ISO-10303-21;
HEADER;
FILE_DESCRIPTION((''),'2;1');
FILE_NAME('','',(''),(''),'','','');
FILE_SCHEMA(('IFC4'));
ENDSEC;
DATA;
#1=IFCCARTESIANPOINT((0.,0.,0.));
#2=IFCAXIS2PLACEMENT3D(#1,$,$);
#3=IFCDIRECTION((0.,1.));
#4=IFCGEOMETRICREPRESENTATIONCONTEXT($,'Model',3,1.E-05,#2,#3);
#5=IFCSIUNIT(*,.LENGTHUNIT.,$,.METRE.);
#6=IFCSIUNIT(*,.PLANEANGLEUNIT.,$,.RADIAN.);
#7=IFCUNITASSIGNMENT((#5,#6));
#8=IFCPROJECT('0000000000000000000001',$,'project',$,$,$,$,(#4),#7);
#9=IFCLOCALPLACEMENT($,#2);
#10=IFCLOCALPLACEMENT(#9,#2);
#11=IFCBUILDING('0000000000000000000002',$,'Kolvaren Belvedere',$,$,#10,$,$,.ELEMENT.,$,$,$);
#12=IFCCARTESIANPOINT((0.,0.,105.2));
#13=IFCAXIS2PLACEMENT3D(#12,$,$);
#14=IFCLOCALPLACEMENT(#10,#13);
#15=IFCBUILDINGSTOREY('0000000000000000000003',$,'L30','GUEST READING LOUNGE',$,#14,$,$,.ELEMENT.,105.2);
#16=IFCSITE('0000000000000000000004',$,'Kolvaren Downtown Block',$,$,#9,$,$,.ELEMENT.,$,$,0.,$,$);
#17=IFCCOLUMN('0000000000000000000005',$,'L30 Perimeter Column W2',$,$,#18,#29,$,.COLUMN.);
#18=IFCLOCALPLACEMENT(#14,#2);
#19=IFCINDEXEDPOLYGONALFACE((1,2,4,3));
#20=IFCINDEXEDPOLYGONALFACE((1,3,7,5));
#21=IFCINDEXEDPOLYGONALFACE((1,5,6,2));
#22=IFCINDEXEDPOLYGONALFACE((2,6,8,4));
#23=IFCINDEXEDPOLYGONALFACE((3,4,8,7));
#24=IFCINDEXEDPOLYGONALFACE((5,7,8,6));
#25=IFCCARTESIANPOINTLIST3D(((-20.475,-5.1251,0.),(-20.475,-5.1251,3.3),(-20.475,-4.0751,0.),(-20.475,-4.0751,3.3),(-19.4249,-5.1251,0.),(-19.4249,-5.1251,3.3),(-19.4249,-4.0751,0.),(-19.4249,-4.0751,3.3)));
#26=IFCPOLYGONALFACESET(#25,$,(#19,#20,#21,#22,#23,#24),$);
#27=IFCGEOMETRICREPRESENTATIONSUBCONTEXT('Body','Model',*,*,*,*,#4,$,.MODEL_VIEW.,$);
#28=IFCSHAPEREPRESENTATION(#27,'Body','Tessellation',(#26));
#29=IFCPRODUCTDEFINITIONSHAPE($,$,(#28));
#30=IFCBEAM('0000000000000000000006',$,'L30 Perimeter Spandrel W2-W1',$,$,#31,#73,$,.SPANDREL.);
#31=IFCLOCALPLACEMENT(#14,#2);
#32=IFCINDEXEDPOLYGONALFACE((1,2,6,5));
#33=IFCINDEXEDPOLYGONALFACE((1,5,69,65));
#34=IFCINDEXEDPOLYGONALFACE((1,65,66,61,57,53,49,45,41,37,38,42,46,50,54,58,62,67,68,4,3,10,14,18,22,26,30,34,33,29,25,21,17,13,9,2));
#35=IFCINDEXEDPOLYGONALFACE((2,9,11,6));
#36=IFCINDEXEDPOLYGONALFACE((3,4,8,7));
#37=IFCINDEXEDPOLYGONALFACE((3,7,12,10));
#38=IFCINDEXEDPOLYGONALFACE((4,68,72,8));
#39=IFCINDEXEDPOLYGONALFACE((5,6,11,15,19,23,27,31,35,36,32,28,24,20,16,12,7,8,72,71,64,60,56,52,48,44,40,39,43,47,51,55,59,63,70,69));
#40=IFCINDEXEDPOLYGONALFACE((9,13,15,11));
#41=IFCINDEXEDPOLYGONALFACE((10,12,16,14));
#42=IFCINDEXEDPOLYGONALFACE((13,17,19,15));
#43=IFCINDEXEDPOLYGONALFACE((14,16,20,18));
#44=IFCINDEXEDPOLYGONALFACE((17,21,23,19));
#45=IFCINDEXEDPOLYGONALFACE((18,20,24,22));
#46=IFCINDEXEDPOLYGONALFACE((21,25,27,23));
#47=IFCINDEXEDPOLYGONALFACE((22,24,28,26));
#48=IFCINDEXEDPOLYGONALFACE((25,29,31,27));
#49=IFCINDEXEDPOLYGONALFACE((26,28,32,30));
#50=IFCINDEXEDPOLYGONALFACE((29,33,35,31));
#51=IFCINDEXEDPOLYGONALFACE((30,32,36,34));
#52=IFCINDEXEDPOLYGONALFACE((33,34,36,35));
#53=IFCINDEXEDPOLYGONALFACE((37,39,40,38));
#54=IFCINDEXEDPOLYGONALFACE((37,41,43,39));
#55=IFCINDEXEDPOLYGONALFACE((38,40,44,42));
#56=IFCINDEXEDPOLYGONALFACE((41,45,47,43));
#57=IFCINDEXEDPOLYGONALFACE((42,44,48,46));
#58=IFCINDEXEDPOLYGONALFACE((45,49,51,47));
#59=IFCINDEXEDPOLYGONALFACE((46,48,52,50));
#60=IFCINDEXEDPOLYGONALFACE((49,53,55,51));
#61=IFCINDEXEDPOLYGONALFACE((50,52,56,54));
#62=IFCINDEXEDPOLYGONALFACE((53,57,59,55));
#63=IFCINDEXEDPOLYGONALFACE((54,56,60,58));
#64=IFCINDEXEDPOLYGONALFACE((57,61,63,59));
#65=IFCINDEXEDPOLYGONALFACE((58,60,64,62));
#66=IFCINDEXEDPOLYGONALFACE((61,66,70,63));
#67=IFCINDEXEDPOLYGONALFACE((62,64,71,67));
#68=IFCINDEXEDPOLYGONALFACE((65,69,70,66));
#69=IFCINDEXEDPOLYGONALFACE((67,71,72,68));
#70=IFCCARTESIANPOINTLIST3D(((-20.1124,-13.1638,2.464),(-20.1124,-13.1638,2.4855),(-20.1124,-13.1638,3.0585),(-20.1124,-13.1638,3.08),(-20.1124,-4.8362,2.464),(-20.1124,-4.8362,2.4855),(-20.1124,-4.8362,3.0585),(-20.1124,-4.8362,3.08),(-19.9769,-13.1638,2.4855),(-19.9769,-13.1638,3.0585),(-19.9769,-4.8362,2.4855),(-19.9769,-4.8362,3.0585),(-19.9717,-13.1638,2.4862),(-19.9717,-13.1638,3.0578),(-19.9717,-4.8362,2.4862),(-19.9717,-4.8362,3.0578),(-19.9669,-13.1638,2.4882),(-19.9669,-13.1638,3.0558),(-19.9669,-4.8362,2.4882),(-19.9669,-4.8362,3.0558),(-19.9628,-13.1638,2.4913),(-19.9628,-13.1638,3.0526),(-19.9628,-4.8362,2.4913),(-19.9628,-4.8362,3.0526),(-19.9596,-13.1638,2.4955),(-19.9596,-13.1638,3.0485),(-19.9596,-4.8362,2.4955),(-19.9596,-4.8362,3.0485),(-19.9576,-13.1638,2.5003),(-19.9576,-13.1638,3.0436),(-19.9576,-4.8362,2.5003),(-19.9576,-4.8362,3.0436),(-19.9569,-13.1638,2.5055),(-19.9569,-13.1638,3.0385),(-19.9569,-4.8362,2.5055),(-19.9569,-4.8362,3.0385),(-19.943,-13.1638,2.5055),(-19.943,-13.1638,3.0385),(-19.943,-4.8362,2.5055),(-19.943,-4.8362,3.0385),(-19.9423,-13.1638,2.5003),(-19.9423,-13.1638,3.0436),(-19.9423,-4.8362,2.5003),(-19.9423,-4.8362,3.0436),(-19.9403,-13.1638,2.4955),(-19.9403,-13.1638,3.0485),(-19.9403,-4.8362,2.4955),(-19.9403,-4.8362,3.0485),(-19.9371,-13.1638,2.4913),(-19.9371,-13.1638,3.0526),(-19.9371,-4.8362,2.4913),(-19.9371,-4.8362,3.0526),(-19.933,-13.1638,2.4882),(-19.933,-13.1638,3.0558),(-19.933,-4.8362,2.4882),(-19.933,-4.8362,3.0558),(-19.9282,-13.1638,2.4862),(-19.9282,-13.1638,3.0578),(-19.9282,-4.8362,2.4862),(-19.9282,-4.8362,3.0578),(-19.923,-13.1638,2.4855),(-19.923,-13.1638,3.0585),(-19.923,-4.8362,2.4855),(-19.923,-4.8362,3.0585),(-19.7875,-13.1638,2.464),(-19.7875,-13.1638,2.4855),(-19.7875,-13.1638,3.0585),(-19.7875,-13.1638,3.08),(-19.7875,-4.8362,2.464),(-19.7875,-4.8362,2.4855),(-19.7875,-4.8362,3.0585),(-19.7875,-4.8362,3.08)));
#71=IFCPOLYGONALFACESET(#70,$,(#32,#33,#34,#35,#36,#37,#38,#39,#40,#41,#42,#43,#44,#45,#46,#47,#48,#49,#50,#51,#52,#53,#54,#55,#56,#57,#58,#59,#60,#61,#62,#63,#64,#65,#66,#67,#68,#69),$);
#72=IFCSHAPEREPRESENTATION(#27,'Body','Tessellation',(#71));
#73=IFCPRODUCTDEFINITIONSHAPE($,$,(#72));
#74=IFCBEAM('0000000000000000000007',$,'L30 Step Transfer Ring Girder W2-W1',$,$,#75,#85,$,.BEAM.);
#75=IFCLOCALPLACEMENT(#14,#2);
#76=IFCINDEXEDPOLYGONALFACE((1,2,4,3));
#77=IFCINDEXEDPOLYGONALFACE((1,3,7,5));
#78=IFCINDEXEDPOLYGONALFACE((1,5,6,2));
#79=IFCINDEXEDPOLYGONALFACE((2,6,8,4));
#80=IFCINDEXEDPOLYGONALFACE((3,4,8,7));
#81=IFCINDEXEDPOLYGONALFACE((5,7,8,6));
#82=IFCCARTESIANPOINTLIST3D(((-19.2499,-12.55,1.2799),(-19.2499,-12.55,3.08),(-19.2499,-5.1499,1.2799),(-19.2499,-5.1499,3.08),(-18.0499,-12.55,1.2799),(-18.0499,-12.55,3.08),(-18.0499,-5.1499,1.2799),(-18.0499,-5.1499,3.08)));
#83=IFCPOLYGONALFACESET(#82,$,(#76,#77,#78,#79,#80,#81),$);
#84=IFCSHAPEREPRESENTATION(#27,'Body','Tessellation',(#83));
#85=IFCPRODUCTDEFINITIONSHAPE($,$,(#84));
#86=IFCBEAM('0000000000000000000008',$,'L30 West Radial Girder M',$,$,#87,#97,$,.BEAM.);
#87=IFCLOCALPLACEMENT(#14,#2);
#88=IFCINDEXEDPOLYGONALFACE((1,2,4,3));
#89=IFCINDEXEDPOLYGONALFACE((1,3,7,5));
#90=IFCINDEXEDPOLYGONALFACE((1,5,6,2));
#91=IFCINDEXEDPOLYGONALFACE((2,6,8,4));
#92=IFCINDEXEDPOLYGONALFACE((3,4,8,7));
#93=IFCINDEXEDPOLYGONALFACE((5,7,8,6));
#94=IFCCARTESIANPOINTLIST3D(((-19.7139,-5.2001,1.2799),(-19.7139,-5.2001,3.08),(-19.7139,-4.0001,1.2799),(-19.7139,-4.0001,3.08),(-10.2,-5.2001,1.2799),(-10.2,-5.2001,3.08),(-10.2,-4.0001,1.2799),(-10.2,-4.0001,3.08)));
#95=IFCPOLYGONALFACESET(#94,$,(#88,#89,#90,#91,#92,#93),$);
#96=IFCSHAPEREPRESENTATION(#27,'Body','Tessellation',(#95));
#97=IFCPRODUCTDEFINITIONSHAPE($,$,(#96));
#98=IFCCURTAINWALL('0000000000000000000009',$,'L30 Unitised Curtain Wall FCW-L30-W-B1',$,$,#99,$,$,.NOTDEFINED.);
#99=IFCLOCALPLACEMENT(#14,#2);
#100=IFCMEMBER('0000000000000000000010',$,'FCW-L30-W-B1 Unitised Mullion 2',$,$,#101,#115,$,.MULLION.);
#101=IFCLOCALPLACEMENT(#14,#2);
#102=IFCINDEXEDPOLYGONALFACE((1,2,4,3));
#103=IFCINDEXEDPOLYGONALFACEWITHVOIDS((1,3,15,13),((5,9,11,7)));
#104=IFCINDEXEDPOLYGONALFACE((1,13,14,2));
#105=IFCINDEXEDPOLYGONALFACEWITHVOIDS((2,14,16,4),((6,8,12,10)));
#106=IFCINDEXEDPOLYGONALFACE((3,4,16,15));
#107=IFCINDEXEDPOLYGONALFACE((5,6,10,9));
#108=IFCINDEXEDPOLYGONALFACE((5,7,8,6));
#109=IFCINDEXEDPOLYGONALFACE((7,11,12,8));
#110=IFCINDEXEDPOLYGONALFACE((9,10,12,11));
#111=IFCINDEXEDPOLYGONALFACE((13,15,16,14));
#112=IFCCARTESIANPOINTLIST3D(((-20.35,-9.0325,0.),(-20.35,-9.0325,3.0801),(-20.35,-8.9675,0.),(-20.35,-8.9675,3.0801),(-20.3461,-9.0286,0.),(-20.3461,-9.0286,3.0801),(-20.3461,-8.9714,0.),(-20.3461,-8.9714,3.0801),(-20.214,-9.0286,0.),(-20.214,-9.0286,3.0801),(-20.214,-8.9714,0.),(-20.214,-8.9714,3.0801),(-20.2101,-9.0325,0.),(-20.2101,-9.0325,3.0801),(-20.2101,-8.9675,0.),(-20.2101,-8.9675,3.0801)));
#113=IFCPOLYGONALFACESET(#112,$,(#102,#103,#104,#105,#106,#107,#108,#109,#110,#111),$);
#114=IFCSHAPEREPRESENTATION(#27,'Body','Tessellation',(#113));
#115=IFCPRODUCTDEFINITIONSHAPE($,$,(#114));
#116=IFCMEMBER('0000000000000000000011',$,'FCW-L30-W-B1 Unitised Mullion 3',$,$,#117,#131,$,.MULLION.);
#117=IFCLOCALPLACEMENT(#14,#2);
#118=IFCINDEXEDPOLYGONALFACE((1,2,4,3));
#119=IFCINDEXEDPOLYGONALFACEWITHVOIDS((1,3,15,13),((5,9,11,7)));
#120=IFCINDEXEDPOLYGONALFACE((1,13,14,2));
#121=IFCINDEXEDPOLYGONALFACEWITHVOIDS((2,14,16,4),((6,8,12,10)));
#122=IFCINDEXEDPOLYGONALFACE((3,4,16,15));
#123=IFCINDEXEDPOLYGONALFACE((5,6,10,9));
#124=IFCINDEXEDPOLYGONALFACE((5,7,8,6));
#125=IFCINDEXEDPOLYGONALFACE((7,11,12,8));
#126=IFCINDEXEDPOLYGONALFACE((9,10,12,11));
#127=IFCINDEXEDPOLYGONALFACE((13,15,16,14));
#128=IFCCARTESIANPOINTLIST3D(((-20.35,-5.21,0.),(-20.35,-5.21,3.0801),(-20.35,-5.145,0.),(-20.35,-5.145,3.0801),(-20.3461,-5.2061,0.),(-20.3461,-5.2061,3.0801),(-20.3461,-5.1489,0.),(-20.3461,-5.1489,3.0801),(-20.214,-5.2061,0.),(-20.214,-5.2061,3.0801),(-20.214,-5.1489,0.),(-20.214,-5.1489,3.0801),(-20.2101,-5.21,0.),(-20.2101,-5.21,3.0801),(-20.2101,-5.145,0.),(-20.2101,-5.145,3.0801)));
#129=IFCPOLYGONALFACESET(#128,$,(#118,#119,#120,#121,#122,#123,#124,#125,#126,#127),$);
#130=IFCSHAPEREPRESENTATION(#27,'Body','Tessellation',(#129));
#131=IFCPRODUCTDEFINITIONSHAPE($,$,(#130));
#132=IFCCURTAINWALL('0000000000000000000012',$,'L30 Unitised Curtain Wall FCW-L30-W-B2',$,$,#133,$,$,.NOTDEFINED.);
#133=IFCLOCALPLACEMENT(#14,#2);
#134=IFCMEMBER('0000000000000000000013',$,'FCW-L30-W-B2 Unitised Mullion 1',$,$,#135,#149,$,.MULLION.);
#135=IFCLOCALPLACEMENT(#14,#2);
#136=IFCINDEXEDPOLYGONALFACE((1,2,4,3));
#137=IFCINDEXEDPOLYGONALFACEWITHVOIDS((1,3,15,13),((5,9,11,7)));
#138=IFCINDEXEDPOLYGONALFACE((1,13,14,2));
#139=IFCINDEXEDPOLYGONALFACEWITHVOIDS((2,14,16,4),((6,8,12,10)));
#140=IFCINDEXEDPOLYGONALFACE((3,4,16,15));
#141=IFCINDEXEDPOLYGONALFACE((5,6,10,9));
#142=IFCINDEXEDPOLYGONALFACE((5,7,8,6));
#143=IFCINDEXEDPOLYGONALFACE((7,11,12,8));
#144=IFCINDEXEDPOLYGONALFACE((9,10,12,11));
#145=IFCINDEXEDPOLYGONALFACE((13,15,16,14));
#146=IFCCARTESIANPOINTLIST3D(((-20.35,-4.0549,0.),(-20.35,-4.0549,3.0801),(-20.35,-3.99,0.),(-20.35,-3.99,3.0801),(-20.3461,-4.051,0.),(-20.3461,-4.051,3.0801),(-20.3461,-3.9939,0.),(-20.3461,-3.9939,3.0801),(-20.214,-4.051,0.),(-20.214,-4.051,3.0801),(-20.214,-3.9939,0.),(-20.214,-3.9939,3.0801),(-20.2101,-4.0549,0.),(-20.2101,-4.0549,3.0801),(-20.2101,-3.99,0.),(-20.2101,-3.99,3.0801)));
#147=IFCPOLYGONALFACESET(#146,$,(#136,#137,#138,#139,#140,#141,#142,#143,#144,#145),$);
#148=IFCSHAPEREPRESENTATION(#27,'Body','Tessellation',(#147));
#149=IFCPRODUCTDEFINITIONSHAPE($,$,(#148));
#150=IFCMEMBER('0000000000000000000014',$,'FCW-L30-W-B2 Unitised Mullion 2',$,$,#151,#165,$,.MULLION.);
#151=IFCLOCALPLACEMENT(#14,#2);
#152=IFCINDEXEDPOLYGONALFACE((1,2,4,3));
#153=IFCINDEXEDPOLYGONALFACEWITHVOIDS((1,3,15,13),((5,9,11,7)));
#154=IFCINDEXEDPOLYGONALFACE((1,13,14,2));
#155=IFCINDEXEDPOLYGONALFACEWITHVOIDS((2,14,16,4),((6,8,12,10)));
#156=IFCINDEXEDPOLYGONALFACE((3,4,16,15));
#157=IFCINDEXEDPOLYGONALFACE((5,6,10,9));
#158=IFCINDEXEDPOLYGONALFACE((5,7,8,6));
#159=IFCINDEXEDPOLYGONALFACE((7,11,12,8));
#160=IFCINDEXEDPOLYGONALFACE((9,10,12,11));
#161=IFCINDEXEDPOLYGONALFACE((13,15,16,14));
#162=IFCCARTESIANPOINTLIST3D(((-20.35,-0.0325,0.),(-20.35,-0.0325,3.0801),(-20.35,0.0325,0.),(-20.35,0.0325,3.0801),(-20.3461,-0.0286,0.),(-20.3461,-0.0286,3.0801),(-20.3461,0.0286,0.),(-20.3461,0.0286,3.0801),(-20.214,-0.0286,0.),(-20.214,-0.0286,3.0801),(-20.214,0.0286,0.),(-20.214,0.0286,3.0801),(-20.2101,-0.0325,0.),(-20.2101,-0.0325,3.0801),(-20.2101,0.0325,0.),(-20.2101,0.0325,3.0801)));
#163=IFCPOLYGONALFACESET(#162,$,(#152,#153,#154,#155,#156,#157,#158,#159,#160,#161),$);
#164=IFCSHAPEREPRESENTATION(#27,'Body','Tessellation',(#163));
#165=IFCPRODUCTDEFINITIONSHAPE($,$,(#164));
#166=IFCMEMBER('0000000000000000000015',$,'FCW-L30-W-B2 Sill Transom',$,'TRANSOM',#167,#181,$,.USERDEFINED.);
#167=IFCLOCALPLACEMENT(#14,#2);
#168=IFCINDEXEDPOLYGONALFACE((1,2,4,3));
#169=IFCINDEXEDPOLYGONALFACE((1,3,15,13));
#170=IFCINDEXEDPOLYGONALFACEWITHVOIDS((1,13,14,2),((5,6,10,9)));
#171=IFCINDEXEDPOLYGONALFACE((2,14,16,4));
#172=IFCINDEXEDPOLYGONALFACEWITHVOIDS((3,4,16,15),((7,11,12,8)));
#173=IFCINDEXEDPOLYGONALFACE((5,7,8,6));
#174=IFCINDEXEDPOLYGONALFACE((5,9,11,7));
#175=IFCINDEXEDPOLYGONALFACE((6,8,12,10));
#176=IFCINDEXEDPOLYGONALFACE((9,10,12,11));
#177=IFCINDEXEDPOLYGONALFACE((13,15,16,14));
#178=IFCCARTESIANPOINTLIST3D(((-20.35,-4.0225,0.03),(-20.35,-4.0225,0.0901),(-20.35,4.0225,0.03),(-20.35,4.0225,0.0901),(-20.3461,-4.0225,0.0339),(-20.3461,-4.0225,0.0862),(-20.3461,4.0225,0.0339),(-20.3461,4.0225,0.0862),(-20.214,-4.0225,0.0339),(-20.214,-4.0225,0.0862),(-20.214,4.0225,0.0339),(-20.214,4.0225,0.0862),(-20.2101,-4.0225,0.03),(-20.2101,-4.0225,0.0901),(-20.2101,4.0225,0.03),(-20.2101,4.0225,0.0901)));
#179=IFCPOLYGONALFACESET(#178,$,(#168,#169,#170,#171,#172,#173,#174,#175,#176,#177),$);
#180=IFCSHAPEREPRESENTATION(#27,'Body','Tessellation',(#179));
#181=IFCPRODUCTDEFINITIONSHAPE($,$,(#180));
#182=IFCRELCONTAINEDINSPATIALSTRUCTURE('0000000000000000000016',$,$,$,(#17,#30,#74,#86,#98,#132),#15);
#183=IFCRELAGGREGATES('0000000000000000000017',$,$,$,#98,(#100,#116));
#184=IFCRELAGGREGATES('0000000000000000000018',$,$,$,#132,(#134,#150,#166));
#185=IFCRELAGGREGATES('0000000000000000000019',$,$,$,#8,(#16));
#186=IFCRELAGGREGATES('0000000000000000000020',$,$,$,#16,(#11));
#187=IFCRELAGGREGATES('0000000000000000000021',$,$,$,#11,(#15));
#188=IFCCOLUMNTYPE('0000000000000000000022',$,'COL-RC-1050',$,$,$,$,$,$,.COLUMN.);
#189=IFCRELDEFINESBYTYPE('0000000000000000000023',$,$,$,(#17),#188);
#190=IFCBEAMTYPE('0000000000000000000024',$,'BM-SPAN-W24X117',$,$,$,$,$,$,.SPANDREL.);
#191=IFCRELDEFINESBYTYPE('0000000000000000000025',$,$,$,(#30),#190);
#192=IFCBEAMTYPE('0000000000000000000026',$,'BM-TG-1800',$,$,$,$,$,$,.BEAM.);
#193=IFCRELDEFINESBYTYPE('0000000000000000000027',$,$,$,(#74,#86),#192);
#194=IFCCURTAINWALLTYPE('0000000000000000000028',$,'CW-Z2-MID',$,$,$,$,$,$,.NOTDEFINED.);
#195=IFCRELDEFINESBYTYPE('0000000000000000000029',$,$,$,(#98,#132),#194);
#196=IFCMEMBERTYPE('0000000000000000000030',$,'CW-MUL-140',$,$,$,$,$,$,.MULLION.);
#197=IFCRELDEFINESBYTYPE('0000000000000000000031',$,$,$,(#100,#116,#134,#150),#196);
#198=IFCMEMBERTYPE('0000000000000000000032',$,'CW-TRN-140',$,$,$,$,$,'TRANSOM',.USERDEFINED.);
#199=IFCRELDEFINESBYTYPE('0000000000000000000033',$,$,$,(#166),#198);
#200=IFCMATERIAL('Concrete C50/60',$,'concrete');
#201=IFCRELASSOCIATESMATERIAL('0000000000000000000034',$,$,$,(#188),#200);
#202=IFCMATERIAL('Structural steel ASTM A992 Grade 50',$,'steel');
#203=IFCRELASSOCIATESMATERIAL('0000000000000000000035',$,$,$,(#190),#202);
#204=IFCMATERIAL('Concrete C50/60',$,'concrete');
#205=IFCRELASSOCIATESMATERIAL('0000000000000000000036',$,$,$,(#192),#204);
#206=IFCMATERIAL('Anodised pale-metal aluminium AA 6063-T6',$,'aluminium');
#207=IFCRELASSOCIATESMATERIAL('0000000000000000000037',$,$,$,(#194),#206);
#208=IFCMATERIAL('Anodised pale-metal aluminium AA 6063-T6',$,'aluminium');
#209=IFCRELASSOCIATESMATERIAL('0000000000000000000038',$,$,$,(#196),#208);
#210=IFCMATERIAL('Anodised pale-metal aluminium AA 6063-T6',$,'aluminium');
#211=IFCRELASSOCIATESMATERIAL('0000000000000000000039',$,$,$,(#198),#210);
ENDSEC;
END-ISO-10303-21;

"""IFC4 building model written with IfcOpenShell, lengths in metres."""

from ifc_helpers import new_model, si_unit, direction, frame, origin, origin_2d, place, context, subcontext, project, spatial, rectangle, hollow_rectangle, i_section, extrude, material, material_profile, profile_set, type_object, element, aggregate, save


model = new_model("IFC4")

# Units and contexts
model_context = context("Model", 3, precision=1e-05, world=origin(), true_north=direction((0.0, 1.0)))
body_context = subcontext(model_context, "Body", "Model", "MODEL_VIEW")
ifc_project = project(units=[si_unit("LENGTHUNIT", "METRE"), si_unit("PLANEANGLEUNIT", "RADIAN")], contexts=[model_context])

# Site, building, storey
site_placement = place(None, origin())
site = spatial("IfcSite", under=ifc_project, at=site_placement, Name="Kolvaren Downtown Block", CompositionType="ELEMENT", RefElevation=0.0)
building_placement = place(site_placement, origin())
building = spatial("IfcBuilding", under=site, at=building_placement, Name="Kolvaren Belvedere", CompositionType="ELEMENT")
storey_placement = place(building_placement, frame((0.0, 0.0, 105.2)))
storey = spatial("IfcBuildingStorey", under=building, at=storey_placement, Name="L30", Description="GUEST READING LOUNGE", CompositionType="ELEMENT", Elevation=105.2)

# Column
ifc_material_1 = material(Name="Concrete C50/60", Category="concrete")
ifc_material_profile_1 = material_profile(ifc_material_1, rectangle(XDim=1.05, YDim=1.05, at=origin_2d()), Name="RC 1050X1050")
ifc_profile_set_1 = profile_set([ifc_material_profile_1], Name="Concrete C50/60")
column_type = type_object("IfcColumnType", Name="COL-RC-1050", PredefinedType="COLUMN", material=ifc_profile_set_1)
column_placement = place(storey_placement, frame((-19.95, -4.6001, 0.0), z_axis=(0.0, 0.0, 1.0), x_axis=(1.0, 0.0, 0.0)))
element("IfcColumn", 1, at=column_placement, inside=storey, type_object=column_type, Name="L30 Perimeter Column W2", PredefinedType="COLUMN", context=body_context, shape_type="SweptSolid", body=[
    extrude(rectangle(XDim=1.05, YDim=1.05, at=origin_2d()), origin(), (0.0, 0.0, 1.0), 3.3),
])

# Beams
ifc_material_2 = material(Name="Structural steel ASTM A992 Grade 50", Category="steel")
ifc_material_profile_2 = material_profile(ifc_material_2, i_section(OverallWidth=0.325, OverallDepth=0.616, WebThickness=0.0139, FlangeThickness=0.0215, FilletRadius=0.02, at=origin_2d()), Name="W24X117")
ifc_profile_set_2 = profile_set([ifc_material_profile_2], Name="Structural steel ASTM A992 Grade 50")
beam_type_1 = type_object("IfcBeamType", Name="BM-SPAN-W24X117", PredefinedType="SPANDREL", material=ifc_profile_set_2)
beam_1_placement = place(storey_placement, frame((-19.95, -4.8362, 2.772), z_axis=(0.0, -1.0, 0.0), x_axis=(1.0, 0.0, 0.0)))
element("IfcBeam", 2, at=beam_1_placement, inside=storey, type_object=beam_type_1, Name="L30 Perimeter Spandrel W2-W1", PredefinedType="SPANDREL", context=body_context, shape_type="SweptSolid", body=[
    extrude(i_section(OverallWidth=0.325, OverallDepth=0.616, WebThickness=0.0139, FlangeThickness=0.0215, FilletRadius=0.02, at=origin_2d()), origin(), (0.0, 0.0, 1.0), 8.3276),
])
ifc_material_3 = material(Name="Concrete C50/60", Category="concrete")
ifc_material_profile_3 = material_profile(ifc_material_3, rectangle(XDim=1.2, YDim=1.8, at=origin_2d()), Name="RC 1200X1800")
ifc_profile_set_3 = profile_set([ifc_material_profile_3], Name="Concrete C50/60")
beam_type_2 = type_object("IfcBeamType", Name="BM-TG-1800", PredefinedType="BEAM", material=ifc_profile_set_3)
beam_2_placement = place(storey_placement, frame((-18.6499, -5.1499, 2.1799), z_axis=(0.0, -1.0, 0.0), x_axis=(1.0, 0.0, 0.0)))
element("IfcBeam", 3, at=beam_2_placement, inside=storey, type_object=beam_type_2, Name="L30 Step Transfer Ring Girder W2-W1", PredefinedType="BEAM", context=body_context, shape_type="SweptSolid", body=[
    extrude(rectangle(XDim=1.2, YDim=1.8, at=origin_2d()), origin(), (0.0, 0.0, 1.0), 7.4001),
])
beam_3_placement = place(storey_placement, frame((-10.2, -4.6001, 2.1799), z_axis=(-1.0, 0.0, 0.0), x_axis=(0.0, -1.0, 0.0)))
element("IfcBeam", 4, at=beam_3_placement, inside=storey, type_object=beam_type_2, Name="L30 West Radial Girder M", PredefinedType="BEAM", context=body_context, shape_type="SweptSolid", body=[
    extrude(rectangle(XDim=1.2, YDim=1.8, at=origin_2d()), origin(), (0.0, 0.0, 1.0), 9.5139),
])

# Curtain walls, members
ifc_material_4 = material(Name="Anodised pale-metal aluminium AA 6063-T6", Category="aluminium")
curtain_wall_type = type_object("IfcCurtainWallType", Name="CW-Z2-MID", PredefinedType="NOTDEFINED", material=ifc_material_4)
curtain_wall_1_placement = place(storey_placement, origin())
curtain_wall_1 = element("IfcCurtainWall", 5, at=curtain_wall_1_placement, inside=storey, type_object=curtain_wall_type, Name="L30 Unitised Curtain Wall FCW-L30-W-B1", PredefinedType="NOTDEFINED")
ifc_material_5 = material(Name="Anodised pale-metal aluminium AA 6063-T6", Category="aluminium")
ifc_material_profile_4 = material_profile(ifc_material_5, hollow_rectangle(XDim=0.0649, YDim=0.1399, WallThickness=0.0039, at=origin_2d()), Name="ALU-MUL-140X65")
ifc_profile_set_4 = profile_set([ifc_material_profile_4], Name="Anodised pale-metal aluminium AA 6063-T6")
member_type_1 = type_object("IfcMemberType", Name="CW-MUL-140", PredefinedType="MULLION", material=ifc_profile_set_4)
member_1_placement = place(storey_placement, frame((-20.28, -9.0, 0.0), z_axis=(0.0, 0.0, 1.0), x_axis=(0.0, 1.0, 0.0)))
member_1 = element("IfcMember", 6, at=member_1_placement, type_object=member_type_1, Name="FCW-L30-W-B1 Unitised Mullion 2", PredefinedType="MULLION", context=body_context, shape_type="SweptSolid", body=[
    extrude(hollow_rectangle(XDim=0.0649, YDim=0.1399, WallThickness=0.0039, at=origin_2d()), origin(), (0.0, 0.0, 1.0), 3.0801),
])
member_2_placement = place(storey_placement, frame((-20.28, -5.1775, 0.0), z_axis=(0.0, 0.0, 1.0), x_axis=(0.0, 1.0, 0.0)))
member_2 = element("IfcMember", 7, at=member_2_placement, type_object=member_type_1, Name="FCW-L30-W-B1 Unitised Mullion 3", PredefinedType="MULLION", context=body_context, shape_type="SweptSolid", body=[
    extrude(hollow_rectangle(XDim=0.0649, YDim=0.1399, WallThickness=0.0039, at=origin_2d()), origin(), (0.0, 0.0, 1.0), 3.0801),
])
curtain_wall_2_placement = place(storey_placement, origin())
curtain_wall_2 = element("IfcCurtainWall", 8, at=curtain_wall_2_placement, inside=storey, type_object=curtain_wall_type, Name="L30 Unitised Curtain Wall FCW-L30-W-B2", PredefinedType="NOTDEFINED")
member_3_placement = place(storey_placement, frame((-20.28, -4.0225, 0.0), z_axis=(0.0, 0.0, 1.0), x_axis=(0.0, 1.0, 0.0)))
member_3 = element("IfcMember", 9, at=member_3_placement, type_object=member_type_1, Name="FCW-L30-W-B2 Unitised Mullion 1", PredefinedType="MULLION", context=body_context, shape_type="SweptSolid", body=[
    extrude(hollow_rectangle(XDim=0.0649, YDim=0.1399, WallThickness=0.0039, at=origin_2d()), origin(), (0.0, 0.0, 1.0), 3.0801),
])
member_4_placement = place(storey_placement, frame((-20.28, 0.0, 0.0), z_axis=(0.0, 0.0, 1.0), x_axis=(0.0, 1.0, 0.0)))
member_4 = element("IfcMember", 10, at=member_4_placement, type_object=member_type_1, Name="FCW-L30-W-B2 Unitised Mullion 2", PredefinedType="MULLION", context=body_context, shape_type="SweptSolid", body=[
    extrude(hollow_rectangle(XDim=0.0649, YDim=0.1399, WallThickness=0.0039, at=origin_2d()), origin(), (0.0, 0.0, 1.0), 3.0801),
])
ifc_material_6 = material(Name="Anodised pale-metal aluminium AA 6063-T6", Category="aluminium")
ifc_material_profile_5 = material_profile(ifc_material_6, hollow_rectangle(XDim=0.0601, YDim=0.1399, WallThickness=0.0039, at=origin_2d()), Name="ALU-TRN-140X60")
ifc_profile_set_5 = profile_set([ifc_material_profile_5], Name="Anodised pale-metal aluminium AA 6063-T6")
member_type_2 = type_object("IfcMemberType", Name="CW-TRN-140", ElementType="TRANSOM", PredefinedType="USERDEFINED", material=ifc_profile_set_5)
member_5_placement = place(storey_placement, frame((-20.28, -4.0225, 0.0601), z_axis=(0.0, 1.0, 0.0), x_axis=(0.0, 0.0, 1.0)))
member_5 = element("IfcMember", 11, at=member_5_placement, type_object=member_type_2, Name="FCW-L30-W-B2 Sill Transom", ObjectType="TRANSOM", PredefinedType="USERDEFINED", context=body_context, shape_type="SweptSolid", body=[
    extrude(hollow_rectangle(XDim=0.0601, YDim=0.1399, WallThickness=0.0039, at=origin_2d()), origin(), (0.0, 0.0, 1.0), 8.0449),
])

aggregate(curtain_wall_1, [member_1, member_2])
aggregate(curtain_wall_2, [member_3, member_4, member_5])

save(model, "model.ifc")
